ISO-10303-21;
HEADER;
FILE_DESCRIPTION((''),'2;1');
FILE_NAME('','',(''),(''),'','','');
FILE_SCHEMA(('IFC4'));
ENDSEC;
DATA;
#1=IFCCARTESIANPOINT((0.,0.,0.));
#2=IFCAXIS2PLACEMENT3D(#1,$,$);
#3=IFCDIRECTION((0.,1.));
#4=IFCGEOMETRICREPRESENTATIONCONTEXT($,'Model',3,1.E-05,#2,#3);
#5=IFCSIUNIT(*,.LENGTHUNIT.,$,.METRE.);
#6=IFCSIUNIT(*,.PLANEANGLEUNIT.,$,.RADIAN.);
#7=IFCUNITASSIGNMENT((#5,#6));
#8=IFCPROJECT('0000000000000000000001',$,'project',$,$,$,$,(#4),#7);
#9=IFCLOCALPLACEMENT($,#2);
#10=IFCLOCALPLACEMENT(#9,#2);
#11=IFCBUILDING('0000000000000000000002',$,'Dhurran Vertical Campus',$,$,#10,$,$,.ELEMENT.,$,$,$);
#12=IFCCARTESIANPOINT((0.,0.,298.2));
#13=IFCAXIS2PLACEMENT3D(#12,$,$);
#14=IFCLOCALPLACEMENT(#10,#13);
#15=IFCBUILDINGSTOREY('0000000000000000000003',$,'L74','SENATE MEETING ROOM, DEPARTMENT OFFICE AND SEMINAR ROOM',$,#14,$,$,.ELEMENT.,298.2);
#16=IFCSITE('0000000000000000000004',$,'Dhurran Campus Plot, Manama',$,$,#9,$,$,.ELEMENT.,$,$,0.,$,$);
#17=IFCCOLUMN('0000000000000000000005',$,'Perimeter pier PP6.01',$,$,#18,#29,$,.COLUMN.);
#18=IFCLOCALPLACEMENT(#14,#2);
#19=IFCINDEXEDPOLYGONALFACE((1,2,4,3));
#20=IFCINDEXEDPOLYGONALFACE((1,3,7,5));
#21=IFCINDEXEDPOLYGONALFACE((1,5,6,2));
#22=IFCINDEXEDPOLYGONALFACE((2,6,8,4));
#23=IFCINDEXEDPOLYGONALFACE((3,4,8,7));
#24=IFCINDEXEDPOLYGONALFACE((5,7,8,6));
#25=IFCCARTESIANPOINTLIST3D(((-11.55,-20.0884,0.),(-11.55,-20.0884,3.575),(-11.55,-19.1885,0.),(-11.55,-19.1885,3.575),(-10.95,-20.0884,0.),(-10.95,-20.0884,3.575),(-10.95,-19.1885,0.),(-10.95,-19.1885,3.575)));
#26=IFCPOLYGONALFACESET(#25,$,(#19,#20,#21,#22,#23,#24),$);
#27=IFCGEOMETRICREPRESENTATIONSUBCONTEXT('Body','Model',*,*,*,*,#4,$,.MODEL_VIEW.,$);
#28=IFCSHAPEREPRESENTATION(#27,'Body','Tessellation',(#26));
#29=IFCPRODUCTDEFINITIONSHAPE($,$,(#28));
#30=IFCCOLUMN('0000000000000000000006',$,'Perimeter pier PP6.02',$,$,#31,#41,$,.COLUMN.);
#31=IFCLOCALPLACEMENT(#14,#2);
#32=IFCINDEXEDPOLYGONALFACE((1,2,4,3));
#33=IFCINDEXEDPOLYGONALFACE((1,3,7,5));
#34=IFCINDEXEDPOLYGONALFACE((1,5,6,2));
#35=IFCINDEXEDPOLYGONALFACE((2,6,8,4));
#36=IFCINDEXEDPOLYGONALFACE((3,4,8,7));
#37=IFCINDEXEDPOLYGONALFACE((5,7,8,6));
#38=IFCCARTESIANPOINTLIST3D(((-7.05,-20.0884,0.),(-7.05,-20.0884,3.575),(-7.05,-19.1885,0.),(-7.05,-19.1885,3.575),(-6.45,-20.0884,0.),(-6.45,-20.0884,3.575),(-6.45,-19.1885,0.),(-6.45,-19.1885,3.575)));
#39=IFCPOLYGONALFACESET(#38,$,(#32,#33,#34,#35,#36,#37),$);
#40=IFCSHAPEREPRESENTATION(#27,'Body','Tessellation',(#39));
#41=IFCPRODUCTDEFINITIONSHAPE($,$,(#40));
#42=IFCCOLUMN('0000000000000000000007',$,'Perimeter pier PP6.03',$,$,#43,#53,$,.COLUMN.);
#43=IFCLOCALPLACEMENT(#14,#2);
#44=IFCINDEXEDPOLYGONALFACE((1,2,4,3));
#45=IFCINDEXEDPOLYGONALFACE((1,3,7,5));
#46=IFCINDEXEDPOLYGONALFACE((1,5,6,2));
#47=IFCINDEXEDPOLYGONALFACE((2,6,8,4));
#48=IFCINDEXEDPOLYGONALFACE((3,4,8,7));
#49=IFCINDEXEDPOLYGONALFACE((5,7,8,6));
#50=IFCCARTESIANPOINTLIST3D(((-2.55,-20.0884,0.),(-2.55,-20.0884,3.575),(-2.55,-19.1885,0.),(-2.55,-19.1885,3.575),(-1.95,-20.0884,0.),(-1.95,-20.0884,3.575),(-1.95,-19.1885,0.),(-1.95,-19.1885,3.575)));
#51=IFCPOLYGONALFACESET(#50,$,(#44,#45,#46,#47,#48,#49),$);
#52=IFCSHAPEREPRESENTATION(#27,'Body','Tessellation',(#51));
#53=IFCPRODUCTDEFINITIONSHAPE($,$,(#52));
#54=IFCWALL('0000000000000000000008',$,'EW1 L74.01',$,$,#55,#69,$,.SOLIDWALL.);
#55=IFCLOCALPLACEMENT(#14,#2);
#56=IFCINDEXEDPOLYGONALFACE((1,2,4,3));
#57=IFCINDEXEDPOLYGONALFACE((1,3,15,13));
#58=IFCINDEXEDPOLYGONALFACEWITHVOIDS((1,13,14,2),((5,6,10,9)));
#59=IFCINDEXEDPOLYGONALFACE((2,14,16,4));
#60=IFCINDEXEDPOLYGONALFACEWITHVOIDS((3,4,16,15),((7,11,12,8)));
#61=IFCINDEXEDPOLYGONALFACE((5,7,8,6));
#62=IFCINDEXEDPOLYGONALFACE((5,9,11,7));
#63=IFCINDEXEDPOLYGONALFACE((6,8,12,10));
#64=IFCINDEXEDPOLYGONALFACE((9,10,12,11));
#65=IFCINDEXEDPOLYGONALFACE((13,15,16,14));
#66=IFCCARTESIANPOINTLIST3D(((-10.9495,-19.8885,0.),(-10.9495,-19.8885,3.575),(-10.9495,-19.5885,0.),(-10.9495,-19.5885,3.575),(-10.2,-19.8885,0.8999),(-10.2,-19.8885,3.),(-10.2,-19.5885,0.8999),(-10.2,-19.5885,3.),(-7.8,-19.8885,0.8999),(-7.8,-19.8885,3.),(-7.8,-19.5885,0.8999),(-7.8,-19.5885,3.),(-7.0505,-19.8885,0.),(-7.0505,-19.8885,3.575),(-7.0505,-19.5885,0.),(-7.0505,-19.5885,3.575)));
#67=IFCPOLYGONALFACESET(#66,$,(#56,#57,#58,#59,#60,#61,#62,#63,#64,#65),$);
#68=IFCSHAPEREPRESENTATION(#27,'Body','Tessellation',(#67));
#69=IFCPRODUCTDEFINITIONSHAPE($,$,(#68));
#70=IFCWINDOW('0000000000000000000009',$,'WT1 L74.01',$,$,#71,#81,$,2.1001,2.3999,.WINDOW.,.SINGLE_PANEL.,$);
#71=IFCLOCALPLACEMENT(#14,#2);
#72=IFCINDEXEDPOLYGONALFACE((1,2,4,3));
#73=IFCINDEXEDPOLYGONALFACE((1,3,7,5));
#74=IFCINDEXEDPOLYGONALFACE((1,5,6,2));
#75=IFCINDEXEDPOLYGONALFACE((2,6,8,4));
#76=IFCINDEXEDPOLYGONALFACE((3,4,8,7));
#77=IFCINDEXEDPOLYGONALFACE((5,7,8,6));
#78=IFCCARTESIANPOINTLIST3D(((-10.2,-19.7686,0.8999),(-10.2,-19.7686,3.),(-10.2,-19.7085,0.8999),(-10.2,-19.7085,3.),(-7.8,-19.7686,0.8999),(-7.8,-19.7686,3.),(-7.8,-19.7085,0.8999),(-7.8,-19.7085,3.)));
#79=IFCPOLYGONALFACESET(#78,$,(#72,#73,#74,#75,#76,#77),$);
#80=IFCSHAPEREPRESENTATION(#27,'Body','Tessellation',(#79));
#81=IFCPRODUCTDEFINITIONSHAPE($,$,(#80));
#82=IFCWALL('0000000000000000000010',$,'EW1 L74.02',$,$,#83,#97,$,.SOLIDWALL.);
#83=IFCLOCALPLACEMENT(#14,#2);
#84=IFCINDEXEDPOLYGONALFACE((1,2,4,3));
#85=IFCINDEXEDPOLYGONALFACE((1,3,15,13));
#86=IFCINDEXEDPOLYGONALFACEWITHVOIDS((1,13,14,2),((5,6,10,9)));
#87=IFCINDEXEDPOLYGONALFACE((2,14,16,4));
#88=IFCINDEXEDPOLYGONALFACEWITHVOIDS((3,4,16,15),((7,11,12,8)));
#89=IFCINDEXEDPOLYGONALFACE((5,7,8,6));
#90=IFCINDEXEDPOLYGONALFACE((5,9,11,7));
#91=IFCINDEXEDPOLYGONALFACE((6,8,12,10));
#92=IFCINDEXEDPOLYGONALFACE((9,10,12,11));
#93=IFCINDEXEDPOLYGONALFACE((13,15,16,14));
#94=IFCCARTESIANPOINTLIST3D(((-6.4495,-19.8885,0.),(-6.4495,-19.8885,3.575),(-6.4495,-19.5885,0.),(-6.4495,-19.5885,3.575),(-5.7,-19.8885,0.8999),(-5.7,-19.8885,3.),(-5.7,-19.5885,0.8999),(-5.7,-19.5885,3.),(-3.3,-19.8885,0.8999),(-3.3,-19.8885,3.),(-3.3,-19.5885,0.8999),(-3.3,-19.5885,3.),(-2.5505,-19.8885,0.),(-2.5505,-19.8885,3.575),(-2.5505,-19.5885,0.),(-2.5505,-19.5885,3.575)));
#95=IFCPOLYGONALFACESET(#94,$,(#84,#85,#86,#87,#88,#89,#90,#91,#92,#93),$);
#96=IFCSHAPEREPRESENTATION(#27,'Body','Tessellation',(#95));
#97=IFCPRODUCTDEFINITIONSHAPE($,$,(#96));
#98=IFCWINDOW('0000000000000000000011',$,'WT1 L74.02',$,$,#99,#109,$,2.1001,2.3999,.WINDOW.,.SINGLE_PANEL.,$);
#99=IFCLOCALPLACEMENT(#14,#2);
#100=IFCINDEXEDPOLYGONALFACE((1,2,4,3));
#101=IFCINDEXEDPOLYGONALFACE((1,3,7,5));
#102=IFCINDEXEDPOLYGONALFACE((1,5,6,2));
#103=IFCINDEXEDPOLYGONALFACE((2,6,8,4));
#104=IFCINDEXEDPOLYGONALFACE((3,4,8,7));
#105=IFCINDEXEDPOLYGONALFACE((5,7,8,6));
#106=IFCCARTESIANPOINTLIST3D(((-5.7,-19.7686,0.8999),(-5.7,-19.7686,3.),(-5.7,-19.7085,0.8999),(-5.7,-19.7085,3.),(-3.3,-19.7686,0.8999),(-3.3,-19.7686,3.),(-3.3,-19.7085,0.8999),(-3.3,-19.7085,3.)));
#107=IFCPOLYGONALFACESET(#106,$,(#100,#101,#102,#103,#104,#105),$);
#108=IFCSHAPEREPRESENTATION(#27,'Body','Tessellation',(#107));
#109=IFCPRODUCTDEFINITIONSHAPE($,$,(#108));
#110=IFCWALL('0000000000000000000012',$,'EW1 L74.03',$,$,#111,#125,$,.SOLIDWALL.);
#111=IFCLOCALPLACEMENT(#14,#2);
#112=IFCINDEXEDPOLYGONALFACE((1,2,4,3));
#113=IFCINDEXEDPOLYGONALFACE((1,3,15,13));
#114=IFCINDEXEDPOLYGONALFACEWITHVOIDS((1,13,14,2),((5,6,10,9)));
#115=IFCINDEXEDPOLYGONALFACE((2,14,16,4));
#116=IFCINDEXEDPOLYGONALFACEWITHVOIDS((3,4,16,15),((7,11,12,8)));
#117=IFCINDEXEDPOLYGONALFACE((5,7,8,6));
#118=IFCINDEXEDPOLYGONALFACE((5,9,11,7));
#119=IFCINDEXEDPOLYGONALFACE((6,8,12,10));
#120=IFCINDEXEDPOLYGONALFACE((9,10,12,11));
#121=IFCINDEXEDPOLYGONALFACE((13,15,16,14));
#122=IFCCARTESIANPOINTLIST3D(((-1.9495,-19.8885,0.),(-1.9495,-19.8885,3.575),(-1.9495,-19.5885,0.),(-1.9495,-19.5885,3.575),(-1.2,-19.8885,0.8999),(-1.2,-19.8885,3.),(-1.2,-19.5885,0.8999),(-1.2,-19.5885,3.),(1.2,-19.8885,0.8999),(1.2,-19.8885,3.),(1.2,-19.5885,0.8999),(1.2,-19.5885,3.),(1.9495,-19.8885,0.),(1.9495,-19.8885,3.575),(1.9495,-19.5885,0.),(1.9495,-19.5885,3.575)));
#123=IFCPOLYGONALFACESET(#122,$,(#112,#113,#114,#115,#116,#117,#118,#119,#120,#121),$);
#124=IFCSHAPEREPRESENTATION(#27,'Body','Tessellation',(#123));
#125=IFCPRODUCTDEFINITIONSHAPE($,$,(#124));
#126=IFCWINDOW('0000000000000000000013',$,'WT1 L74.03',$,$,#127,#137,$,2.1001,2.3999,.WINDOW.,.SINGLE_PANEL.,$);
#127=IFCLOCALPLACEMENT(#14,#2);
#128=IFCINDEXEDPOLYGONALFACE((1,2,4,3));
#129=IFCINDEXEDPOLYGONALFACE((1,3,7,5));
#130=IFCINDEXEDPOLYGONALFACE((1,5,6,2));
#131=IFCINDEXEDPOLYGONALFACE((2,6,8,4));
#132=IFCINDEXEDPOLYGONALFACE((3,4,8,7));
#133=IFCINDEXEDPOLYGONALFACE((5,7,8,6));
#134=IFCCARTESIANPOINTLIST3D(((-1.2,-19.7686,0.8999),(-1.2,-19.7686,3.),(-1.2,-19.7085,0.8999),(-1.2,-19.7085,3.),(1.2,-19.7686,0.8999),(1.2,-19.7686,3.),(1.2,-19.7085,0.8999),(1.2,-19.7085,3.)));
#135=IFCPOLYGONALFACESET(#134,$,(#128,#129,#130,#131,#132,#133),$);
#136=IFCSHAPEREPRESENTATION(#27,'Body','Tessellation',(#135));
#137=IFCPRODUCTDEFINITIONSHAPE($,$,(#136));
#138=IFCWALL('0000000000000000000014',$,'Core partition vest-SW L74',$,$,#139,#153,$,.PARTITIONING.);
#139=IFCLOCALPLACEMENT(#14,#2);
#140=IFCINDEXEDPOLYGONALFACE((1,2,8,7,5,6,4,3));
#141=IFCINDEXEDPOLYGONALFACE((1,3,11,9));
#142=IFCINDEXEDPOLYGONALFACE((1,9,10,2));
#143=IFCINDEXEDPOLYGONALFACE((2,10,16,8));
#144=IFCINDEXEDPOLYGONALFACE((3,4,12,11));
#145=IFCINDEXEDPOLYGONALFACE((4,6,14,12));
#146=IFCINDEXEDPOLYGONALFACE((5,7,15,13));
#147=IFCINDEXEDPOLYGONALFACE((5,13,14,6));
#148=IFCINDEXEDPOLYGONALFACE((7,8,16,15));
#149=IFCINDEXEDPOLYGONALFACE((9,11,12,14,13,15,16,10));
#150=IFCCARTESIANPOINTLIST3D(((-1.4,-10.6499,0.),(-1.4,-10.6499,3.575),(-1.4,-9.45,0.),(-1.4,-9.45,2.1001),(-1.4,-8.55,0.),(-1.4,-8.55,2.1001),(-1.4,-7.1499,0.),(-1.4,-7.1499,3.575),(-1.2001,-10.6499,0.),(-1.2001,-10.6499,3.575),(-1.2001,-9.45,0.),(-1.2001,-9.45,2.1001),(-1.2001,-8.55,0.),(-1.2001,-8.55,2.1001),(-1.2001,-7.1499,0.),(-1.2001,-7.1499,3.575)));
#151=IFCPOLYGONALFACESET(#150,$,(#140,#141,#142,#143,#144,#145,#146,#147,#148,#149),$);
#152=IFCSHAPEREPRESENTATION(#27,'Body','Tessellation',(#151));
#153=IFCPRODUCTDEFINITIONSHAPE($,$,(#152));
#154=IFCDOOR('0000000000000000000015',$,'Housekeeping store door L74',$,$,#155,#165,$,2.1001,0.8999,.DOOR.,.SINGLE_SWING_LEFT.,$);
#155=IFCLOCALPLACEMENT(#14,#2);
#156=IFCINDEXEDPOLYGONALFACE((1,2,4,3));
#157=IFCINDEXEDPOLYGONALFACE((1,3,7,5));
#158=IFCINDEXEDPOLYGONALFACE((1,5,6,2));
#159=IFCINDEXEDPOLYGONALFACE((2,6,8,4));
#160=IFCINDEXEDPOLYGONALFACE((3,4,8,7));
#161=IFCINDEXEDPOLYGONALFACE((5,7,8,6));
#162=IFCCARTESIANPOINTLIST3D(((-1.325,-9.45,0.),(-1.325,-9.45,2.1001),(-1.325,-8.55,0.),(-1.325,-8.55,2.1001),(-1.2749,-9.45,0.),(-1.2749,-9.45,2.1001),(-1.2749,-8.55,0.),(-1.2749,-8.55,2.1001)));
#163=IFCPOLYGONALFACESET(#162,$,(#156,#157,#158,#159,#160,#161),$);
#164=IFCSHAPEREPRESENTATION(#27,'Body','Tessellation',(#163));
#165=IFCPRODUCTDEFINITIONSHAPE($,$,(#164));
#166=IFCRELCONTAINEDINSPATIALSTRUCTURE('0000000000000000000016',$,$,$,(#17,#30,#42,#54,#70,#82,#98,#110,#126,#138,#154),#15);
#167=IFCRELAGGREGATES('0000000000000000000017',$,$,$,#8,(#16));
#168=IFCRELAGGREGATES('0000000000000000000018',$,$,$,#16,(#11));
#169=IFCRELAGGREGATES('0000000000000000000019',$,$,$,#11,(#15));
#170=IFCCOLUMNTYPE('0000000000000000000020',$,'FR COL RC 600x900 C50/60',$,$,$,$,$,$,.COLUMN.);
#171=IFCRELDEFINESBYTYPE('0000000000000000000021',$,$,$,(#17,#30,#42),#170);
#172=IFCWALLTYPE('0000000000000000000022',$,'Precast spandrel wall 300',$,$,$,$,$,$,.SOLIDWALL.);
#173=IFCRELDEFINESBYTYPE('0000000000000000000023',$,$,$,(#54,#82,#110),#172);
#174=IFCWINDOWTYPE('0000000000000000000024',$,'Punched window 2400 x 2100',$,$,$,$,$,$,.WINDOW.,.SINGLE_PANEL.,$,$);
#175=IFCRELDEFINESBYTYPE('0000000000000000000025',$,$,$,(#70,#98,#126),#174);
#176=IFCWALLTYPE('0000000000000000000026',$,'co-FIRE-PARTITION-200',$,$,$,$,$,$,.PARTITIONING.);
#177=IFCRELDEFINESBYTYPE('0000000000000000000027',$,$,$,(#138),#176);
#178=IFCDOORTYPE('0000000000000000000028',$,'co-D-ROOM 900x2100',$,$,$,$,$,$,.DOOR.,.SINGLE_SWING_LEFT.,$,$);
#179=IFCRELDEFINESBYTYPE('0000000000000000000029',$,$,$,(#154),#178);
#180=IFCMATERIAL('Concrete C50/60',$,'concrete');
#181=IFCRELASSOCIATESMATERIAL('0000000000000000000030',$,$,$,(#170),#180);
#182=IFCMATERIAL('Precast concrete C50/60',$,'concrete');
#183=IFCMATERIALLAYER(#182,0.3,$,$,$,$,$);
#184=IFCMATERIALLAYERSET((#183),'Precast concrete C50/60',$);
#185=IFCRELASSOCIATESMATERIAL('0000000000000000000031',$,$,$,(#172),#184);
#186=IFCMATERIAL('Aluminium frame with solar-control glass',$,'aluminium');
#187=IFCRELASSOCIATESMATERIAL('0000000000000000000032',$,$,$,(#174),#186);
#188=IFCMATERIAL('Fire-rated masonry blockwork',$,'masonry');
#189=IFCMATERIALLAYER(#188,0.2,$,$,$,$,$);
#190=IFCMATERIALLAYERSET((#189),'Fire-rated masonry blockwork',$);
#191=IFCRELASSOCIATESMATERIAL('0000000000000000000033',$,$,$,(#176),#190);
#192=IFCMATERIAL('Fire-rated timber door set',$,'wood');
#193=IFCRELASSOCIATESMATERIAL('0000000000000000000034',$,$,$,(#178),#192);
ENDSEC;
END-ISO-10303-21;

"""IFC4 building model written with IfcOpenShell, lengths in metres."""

from ifc_helpers import new_model, si_unit, direction, frame, frame_2d, origin, origin_2d, place, context, subcontext, project, spatial, rectangle, extrude, material, layer, layer_set, material_profile, profile_set, type_object, element, fill, save


model = new_model("IFC4")

# Units and contexts
model_context = context("Model", 3, precision=1e-05, world=origin(), true_north=direction((0.0, 1.0)))
body_context = subcontext(model_context, "Body", "Model", "MODEL_VIEW")
ifc_project = project(units=[si_unit("LENGTHUNIT", "METRE"), si_unit("PLANEANGLEUNIT", "RADIAN")], contexts=[model_context])

# Site, building, storey
site_placement = place(None, origin())
site = spatial("IfcSite", under=ifc_project, at=site_placement, Name="Dhurran Campus Plot, Manama", CompositionType="ELEMENT", RefElevation=0.0)
building_placement = place(site_placement, origin())
building = spatial("IfcBuilding", under=site, at=building_placement, Name="Dhurran Vertical Campus", CompositionType="ELEMENT")
storey_placement = place(building_placement, frame((0.0, 0.0, 298.2)))
storey = spatial("IfcBuildingStorey", under=building, at=storey_placement, Name="L74", Description="SENATE MEETING ROOM, DEPARTMENT OFFICE AND SEMINAR ROOM", CompositionType="ELEMENT", Elevation=298.2)

# Columns
ifc_material_1 = material(Name="Concrete C50/60", Category="concrete")
ifc_material_profile = material_profile(ifc_material_1, rectangle(XDim=0.6001, YDim=0.8999, at=origin_2d()), Name="RC 600x900")
ifc_profile_set = profile_set([ifc_material_profile], Name="Concrete C50/60")
column_type = type_object("IfcColumnType", Name="FR COL RC 600x900 C50/60", PredefinedType="COLUMN", material=ifc_profile_set)
for number, where, z_axis, x_axis, name in (
    (1, (-11.25, -19.6384, 0.0), (0.0, 0.0, 1.0), (1.0, 0.0, 0.0), "Perimeter pier PP6.01"),
    (2, (-6.75, -19.6384, 0.0), (0.0, 0.0, 1.0), (1.0, 0.0, 0.0), "Perimeter pier PP6.02"),
    (3, (-2.25, -19.6384, 0.0), (0.0, 0.0, 1.0), (1.0, 0.0, 0.0), "Perimeter pier PP6.03"),
):
    element("IfcColumn", number, at=place(storey_placement, frame(where, z_axis=z_axis, x_axis=x_axis)), inside=storey, type_object=column_type, Name=name, PredefinedType="COLUMN", context=body_context, shape_type="SweptSolid", body=[
        extrude(rectangle(XDim=0.6001, YDim=0.8999, at=origin_2d()), origin(), (0.0, 0.0, 1.0), 3.575),
    ])

# Walls, openings, windows
ifc_material_2 = material(Name="Precast concrete C50/60", Category="concrete")
ifc_layer_1 = layer(ifc_material_2, 0.3)
ifc_layer_set_1 = layer_set([ifc_layer_1], Name="Precast concrete C50/60")
wall_type_1 = type_object("IfcWallType", Name="Precast spandrel wall 300", PredefinedType="SOLIDWALL", material=ifc_layer_set_1)
wall_1_placement = place(storey_placement, frame((-10.9495, -19.7385, 0.0), z_axis=(0.0, 0.0, 1.0), x_axis=(1.0, 0.0, 0.0)))
wall_1 = element("IfcWall", 4, at=wall_1_placement, inside=storey, type_object=wall_type_1, Name="EW1 L74.01", PredefinedType="SOLIDWALL", context=body_context, shape_type="SweptSolid", body=[
    extrude(rectangle(XDim=3.8989, YDim=0.3, at=frame_2d((1.9495, 0.0))), origin(), (0.0, 0.0, 1.0), 3.575),
])
opening_1_placement = place(wall_1_placement, frame((0.7495, 0.0, 0.8999)))
opening_1 = element("IfcOpeningElement", 5, at=opening_1_placement, cuts=wall_1, PredefinedType="OPENING", context=body_context, shape_type="SweptSolid", body=[
    extrude(rectangle(XDim=2.3999, YDim=2.1001, at=frame_2d((1.2, 1.05))), frame((0.0, 0.1599, 0.0), z_axis=(0.0, -1.0, 0.0), x_axis=(1.0, 0.0, 0.0)), (0.0, 0.0, 1.0), 0.3201),
])
ifc_material_3 = material(Name="Aluminium frame with solar-control glass", Category="aluminium")
window_type = type_object("IfcWindowType", Name="Punched window 2400 x 2100", PartitioningType="SINGLE_PANEL", PredefinedType="WINDOW", material=ifc_material_3)
window_1_placement = place(opening_1_placement, origin())
window_1 = element("IfcWindow", 6, at=window_1_placement, inside=storey, type_object=window_type, Name="WT1 L74.01", OverallHeight=2.1001, OverallWidth=2.3999, PartitioningType="SINGLE_PANEL", PredefinedType="WINDOW", context=body_context, shape_type="SweptSolid", body=[
    extrude(rectangle(XDim=2.3999, YDim=2.1001, at=frame_2d((1.2, 1.05))), frame((0.0, 0.03, 0.0), z_axis=(0.0, -1.0, 0.0), x_axis=(1.0, 0.0, 0.0)), (0.0, 0.0, 1.0), 0.0601),
])
fill(opening_1, window_1)
wall_2_placement = place(storey_placement, frame((-6.4495, -19.7385, 0.0), z_axis=(0.0, 0.0, 1.0), x_axis=(1.0, 0.0, 0.0)))
wall_2 = element("IfcWall", 7, at=wall_2_placement, inside=storey, type_object=wall_type_1, Name="EW1 L74.02", PredefinedType="SOLIDWALL", context=body_context, shape_type="SweptSolid", body=[
    extrude(rectangle(XDim=3.8989, YDim=0.3, at=frame_2d((1.9495, 0.0))), origin(), (0.0, 0.0, 1.0), 3.575),
])
opening_2_placement = place(wall_2_placement, frame((0.7495, 0.0, 0.8999)))
opening_2 = element("IfcOpeningElement", 8, at=opening_2_placement, cuts=wall_2, PredefinedType="OPENING", context=body_context, shape_type="SweptSolid", body=[
    extrude(rectangle(XDim=2.3999, YDim=2.1001, at=frame_2d((1.2, 1.05))), frame((0.0, 0.1599, 0.0), z_axis=(0.0, -1.0, 0.0), x_axis=(1.0, 0.0, 0.0)), (0.0, 0.0, 1.0), 0.3201),
])
window_2_placement = place(opening_2_placement, origin())
window_2 = element("IfcWindow", 9, at=window_2_placement, inside=storey, type_object=window_type, Name="WT1 L74.02", OverallHeight=2.1001, OverallWidth=2.3999, PartitioningType="SINGLE_PANEL", PredefinedType="WINDOW", context=body_context, shape_type="SweptSolid", body=[
    extrude(rectangle(XDim=2.3999, YDim=2.1001, at=frame_2d((1.2, 1.05))), frame((0.0, 0.03, 0.0), z_axis=(0.0, -1.0, 0.0), x_axis=(1.0, 0.0, 0.0)), (0.0, 0.0, 1.0), 0.0601),
])
fill(opening_2, window_2)
wall_3_placement = place(storey_placement, frame((-1.9495, -19.7385, 0.0), z_axis=(0.0, 0.0, 1.0), x_axis=(1.0, 0.0, 0.0)))
wall_3 = element("IfcWall", 10, at=wall_3_placement, inside=storey, type_object=wall_type_1, Name="EW1 L74.03", PredefinedType="SOLIDWALL", context=body_context, shape_type="SweptSolid", body=[
    extrude(rectangle(XDim=3.8989, YDim=0.3, at=frame_2d((1.9495, 0.0))), origin(), (0.0, 0.0, 1.0), 3.575),
])
opening_3_placement = place(wall_3_placement, frame((0.7495, 0.0, 0.8999)))
opening_3 = element("IfcOpeningElement", 11, at=opening_3_placement, cuts=wall_3, PredefinedType="OPENING", context=body_context, shape_type="SweptSolid", body=[
    extrude(rectangle(XDim=2.3999, YDim=2.1001, at=frame_2d((1.2, 1.05))), frame((0.0, 0.1599, 0.0), z_axis=(0.0, -1.0, 0.0), x_axis=(1.0, 0.0, 0.0)), (0.0, 0.0, 1.0), 0.3201),
])
window_3_placement = place(opening_3_placement, origin())
window_3 = element("IfcWindow", 12, at=window_3_placement, inside=storey, type_object=window_type, Name="WT1 L74.03", OverallHeight=2.1001, OverallWidth=2.3999, PartitioningType="SINGLE_PANEL", PredefinedType="WINDOW", context=body_context, shape_type="SweptSolid", body=[
    extrude(rectangle(XDim=2.3999, YDim=2.1001, at=frame_2d((1.2, 1.05))), frame((0.0, 0.03, 0.0), z_axis=(0.0, -1.0, 0.0), x_axis=(1.0, 0.0, 0.0)), (0.0, 0.0, 1.0), 0.0601),
])
fill(opening_3, window_3)

# Wall, opening, door
ifc_material_4 = material(Name="Fire-rated masonry blockwork", Category="masonry")
ifc_layer_2 = layer(ifc_material_4, 0.2)
ifc_layer_set_2 = layer_set([ifc_layer_2], Name="Fire-rated masonry blockwork")
wall_type_2 = type_object("IfcWallType", Name="co-FIRE-PARTITION-200", PredefinedType="PARTITIONING", material=ifc_layer_set_2)
wall_4_placement = place(storey_placement, frame((-1.3, -10.6499, 0.0), z_axis=(0.0, 0.0, 1.0), x_axis=(0.0, 1.0, 0.0)))
wall_4 = element("IfcWall", 13, at=wall_4_placement, inside=storey, type_object=wall_type_2, Name="Core partition vest-SW L74", PredefinedType="PARTITIONING", context=body_context, shape_type="SweptSolid", body=[
    extrude(rectangle(XDim=3.5, YDim=0.2, at=frame_2d((1.75, 0.0))), origin(), (0.0, 0.0, 1.0), 3.575),
])
opening_4_placement = place(wall_4_placement, frame((1.2, 0.0, 0.0)))
opening_4 = element("IfcOpeningElement", 14, at=opening_4_placement, cuts=wall_4, PredefinedType="OPENING", context=body_context, shape_type="SweptSolid", body=[
    extrude(rectangle(XDim=0.8999, YDim=2.1001, at=frame_2d((0.45, 1.05))), frame((0.0, 0.1099, 0.0), z_axis=(0.0, -1.0, 0.0), x_axis=(1.0, 0.0, 0.0)), (0.0, 0.0, 1.0), 0.22),
])
ifc_material_5 = material(Name="Fire-rated timber door set", Category="wood")
door_type_1 = type_object("IfcDoorType", Name="co-D-ROOM 900x2100", OperationType="SINGLE_SWING_LEFT", PredefinedType="DOOR", material=ifc_material_5)
door_1_placement = place(opening_4_placement, origin())
door_1 = element("IfcDoor", 15, at=door_1_placement, inside=storey, type_object=door_type_1, Name="Housekeeping store door L74", OperationType="SINGLE_SWING_LEFT", OverallHeight=2.1001, OverallWidth=0.8999, PredefinedType="DOOR", context=body_context, shape_type="SweptSolid", body=[
    extrude(rectangle(XDim=0.8999, YDim=2.1001, at=frame_2d((0.45, 1.05))), frame((0.0, 0.0249, 0.0), z_axis=(0.0, -1.0, 0.0), x_axis=(1.0, 0.0, 0.0)), (0.0, 0.0, 1.0), 0.05),
])
fill(opening_4, door_1)

save(model, "model.ifc")
